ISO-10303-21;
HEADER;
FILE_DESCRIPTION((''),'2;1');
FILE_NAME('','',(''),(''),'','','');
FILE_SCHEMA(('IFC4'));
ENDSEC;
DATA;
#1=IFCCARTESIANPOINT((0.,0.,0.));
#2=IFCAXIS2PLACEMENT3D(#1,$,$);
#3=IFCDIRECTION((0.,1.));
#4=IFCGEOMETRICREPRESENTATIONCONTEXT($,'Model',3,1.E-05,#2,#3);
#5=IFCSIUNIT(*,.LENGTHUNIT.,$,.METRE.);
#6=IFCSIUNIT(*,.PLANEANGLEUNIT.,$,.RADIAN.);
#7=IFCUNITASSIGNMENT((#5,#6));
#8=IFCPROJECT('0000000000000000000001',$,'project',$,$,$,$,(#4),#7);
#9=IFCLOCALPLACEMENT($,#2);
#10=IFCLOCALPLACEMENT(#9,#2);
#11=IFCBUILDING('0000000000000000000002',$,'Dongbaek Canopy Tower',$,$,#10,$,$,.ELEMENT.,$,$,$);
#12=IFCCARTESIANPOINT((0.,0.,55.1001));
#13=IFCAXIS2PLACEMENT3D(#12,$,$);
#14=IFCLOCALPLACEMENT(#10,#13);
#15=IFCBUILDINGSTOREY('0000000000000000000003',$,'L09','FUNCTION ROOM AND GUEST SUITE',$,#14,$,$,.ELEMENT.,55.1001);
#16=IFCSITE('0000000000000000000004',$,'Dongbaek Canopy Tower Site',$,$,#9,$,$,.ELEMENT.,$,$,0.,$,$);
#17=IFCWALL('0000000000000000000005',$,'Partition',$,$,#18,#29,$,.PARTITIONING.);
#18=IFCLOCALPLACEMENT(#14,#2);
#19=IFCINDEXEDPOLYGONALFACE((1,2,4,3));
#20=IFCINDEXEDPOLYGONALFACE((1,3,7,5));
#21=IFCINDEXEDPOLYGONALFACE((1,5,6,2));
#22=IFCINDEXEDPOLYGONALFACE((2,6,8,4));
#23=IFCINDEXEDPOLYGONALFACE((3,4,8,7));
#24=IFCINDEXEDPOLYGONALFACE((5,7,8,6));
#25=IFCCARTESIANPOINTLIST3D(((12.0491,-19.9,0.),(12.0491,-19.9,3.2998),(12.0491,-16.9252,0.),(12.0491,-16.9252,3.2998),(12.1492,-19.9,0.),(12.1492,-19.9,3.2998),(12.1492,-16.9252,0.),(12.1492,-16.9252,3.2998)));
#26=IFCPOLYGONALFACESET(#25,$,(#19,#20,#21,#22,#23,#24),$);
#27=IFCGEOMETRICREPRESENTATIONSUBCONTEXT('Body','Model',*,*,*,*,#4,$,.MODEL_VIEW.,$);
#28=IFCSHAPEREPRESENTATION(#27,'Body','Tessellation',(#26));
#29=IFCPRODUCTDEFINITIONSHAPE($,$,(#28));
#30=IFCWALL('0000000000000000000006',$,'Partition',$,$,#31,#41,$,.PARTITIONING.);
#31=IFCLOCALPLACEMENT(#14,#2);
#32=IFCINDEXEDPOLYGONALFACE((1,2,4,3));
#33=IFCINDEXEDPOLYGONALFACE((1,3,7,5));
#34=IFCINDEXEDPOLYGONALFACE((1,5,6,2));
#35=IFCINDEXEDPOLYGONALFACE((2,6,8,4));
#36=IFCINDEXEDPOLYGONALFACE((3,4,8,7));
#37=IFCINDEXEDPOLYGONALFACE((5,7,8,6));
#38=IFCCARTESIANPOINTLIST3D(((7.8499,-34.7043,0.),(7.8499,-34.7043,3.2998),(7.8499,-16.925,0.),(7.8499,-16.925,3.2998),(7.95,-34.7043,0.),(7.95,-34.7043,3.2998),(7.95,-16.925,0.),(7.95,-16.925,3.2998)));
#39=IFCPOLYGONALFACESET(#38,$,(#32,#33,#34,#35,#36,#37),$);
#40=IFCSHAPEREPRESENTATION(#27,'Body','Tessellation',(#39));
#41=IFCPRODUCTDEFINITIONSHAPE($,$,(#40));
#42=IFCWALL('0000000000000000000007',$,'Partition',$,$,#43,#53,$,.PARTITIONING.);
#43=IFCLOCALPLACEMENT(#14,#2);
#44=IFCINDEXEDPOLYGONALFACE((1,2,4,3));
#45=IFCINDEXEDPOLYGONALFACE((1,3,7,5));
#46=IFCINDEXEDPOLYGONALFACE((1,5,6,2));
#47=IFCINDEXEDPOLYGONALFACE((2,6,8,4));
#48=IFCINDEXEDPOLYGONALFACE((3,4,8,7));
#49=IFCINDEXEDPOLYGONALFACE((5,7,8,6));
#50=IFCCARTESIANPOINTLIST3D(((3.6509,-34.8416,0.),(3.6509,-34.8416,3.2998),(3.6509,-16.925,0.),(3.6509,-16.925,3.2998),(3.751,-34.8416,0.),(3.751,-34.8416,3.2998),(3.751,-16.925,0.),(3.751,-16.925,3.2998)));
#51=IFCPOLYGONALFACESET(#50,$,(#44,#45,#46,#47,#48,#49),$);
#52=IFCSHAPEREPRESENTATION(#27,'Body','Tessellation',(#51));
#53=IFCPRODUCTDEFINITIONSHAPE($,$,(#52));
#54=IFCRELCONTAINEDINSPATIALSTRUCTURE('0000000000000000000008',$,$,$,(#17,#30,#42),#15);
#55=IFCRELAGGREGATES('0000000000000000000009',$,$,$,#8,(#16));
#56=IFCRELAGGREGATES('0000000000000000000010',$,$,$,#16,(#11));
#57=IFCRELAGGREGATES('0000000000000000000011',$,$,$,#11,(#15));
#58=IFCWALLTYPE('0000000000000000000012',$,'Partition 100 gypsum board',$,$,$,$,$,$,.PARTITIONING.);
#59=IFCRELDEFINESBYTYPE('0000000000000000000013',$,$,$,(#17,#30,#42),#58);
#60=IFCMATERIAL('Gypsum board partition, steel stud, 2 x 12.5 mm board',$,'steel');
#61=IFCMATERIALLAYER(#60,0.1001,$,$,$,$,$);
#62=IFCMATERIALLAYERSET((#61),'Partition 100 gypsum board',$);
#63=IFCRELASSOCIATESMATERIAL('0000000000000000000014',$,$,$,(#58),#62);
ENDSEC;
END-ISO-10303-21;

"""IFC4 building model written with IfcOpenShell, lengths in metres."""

from ifc_helpers import new_model, si_unit, direction, frame, frame_2d, origin, place, context, subcontext, project, spatial, rectangle, extrude, material, layer, layer_set, type_object, element, save


model = new_model("IFC4")

# Units and contexts
model_context = context("Model", 3, precision=1e-05, world=origin(), true_north=direction((0.0, 1.0)))
body_context = subcontext(model_context, "Body", "Model", "MODEL_VIEW")
ifc_project = project(units=[si_unit("LENGTHUNIT", "METRE"), si_unit("PLANEANGLEUNIT", "RADIAN")], contexts=[model_context])

# Site, building, storey
site_placement = place(None, origin())
site = spatial("IfcSite", under=ifc_project, at=site_placement, Name="Dongbaek Canopy Tower Site", CompositionType="ELEMENT", RefElevation=0.0)
building_placement = place(site_placement, origin())
building = spatial("IfcBuilding", under=site, at=building_placement, Name="Dongbaek Canopy Tower", CompositionType="ELEMENT")
storey_placement = place(building_placement, frame((0.0, 0.0, 55.1001)))
storey = spatial("IfcBuildingStorey", under=building, at=storey_placement, Name="L09", Description="FUNCTION ROOM AND GUEST SUITE", CompositionType="ELEMENT", Elevation=55.1001)

# Shared definitions
ifc_material_1 = material(Name="Gypsum board partition, steel stud, 2 x 12.5 mm board", Category="steel")
ifc_layer_1 = layer(ifc_material_1, 0.1001)
ifc_layer_set_1 = layer_set([ifc_layer_1], Name="Partition 100 gypsum board")
wall_type_1 = type_object("IfcWallType", Name="Partition 100 gypsum board", PredefinedType="PARTITIONING", material=ifc_layer_set_1)

# Walls
wall_1_placement = place(storey_placement, frame((12.0991, -19.8999, 0.0), z_axis=(0.0, 0.0, 1.0), x_axis=(0.0, 1.0, 0.0)))
element("IfcWall", 1, at=wall_1_placement, inside=storey, type_object=wall_type_1, Name="Partition", PredefinedType="PARTITIONING", context=body_context, shape_type="SweptSolid", body=[
    extrude(rectangle(XDim=2.9749, YDim=0.1001, at=frame_2d((1.4873, 0.0))), origin(), (0.0, 0.0, 1.0), 3.2998),
])
wall_2_placement = place(storey_placement, frame((7.8999, -34.7043, 0.0), z_axis=(0.0, 0.0, 1.0), x_axis=(0.0, 1.0, 0.0)))
element("IfcWall", 2, at=wall_2_placement, inside=storey, type_object=wall_type_1, Name="Partition", PredefinedType="PARTITIONING", context=body_context, shape_type="SweptSolid", body=[
    extrude(rectangle(XDim=17.7793, YDim=0.1001, at=frame_2d((8.8896, 0.0))), origin(), (0.0, 0.0, 1.0), 3.2998),
])
wall_3_placement = place(storey_placement, frame((3.7009, -34.8416, 0.0), z_axis=(0.0, 0.0, 1.0), x_axis=(0.0, 1.0, 0.0)))
element("IfcWall", 3, at=wall_3_placement, inside=storey, type_object=wall_type_1, Name="Partition", PredefinedType="PARTITIONING", context=body_context, shape_type="SweptSolid", body=[
    extrude(rectangle(XDim=17.9165, YDim=0.1001, at=frame_2d((8.9583, 0.0))), origin(), (0.0, 0.0, 1.0), 3.2998),
])

save(model, "model.ifc")
